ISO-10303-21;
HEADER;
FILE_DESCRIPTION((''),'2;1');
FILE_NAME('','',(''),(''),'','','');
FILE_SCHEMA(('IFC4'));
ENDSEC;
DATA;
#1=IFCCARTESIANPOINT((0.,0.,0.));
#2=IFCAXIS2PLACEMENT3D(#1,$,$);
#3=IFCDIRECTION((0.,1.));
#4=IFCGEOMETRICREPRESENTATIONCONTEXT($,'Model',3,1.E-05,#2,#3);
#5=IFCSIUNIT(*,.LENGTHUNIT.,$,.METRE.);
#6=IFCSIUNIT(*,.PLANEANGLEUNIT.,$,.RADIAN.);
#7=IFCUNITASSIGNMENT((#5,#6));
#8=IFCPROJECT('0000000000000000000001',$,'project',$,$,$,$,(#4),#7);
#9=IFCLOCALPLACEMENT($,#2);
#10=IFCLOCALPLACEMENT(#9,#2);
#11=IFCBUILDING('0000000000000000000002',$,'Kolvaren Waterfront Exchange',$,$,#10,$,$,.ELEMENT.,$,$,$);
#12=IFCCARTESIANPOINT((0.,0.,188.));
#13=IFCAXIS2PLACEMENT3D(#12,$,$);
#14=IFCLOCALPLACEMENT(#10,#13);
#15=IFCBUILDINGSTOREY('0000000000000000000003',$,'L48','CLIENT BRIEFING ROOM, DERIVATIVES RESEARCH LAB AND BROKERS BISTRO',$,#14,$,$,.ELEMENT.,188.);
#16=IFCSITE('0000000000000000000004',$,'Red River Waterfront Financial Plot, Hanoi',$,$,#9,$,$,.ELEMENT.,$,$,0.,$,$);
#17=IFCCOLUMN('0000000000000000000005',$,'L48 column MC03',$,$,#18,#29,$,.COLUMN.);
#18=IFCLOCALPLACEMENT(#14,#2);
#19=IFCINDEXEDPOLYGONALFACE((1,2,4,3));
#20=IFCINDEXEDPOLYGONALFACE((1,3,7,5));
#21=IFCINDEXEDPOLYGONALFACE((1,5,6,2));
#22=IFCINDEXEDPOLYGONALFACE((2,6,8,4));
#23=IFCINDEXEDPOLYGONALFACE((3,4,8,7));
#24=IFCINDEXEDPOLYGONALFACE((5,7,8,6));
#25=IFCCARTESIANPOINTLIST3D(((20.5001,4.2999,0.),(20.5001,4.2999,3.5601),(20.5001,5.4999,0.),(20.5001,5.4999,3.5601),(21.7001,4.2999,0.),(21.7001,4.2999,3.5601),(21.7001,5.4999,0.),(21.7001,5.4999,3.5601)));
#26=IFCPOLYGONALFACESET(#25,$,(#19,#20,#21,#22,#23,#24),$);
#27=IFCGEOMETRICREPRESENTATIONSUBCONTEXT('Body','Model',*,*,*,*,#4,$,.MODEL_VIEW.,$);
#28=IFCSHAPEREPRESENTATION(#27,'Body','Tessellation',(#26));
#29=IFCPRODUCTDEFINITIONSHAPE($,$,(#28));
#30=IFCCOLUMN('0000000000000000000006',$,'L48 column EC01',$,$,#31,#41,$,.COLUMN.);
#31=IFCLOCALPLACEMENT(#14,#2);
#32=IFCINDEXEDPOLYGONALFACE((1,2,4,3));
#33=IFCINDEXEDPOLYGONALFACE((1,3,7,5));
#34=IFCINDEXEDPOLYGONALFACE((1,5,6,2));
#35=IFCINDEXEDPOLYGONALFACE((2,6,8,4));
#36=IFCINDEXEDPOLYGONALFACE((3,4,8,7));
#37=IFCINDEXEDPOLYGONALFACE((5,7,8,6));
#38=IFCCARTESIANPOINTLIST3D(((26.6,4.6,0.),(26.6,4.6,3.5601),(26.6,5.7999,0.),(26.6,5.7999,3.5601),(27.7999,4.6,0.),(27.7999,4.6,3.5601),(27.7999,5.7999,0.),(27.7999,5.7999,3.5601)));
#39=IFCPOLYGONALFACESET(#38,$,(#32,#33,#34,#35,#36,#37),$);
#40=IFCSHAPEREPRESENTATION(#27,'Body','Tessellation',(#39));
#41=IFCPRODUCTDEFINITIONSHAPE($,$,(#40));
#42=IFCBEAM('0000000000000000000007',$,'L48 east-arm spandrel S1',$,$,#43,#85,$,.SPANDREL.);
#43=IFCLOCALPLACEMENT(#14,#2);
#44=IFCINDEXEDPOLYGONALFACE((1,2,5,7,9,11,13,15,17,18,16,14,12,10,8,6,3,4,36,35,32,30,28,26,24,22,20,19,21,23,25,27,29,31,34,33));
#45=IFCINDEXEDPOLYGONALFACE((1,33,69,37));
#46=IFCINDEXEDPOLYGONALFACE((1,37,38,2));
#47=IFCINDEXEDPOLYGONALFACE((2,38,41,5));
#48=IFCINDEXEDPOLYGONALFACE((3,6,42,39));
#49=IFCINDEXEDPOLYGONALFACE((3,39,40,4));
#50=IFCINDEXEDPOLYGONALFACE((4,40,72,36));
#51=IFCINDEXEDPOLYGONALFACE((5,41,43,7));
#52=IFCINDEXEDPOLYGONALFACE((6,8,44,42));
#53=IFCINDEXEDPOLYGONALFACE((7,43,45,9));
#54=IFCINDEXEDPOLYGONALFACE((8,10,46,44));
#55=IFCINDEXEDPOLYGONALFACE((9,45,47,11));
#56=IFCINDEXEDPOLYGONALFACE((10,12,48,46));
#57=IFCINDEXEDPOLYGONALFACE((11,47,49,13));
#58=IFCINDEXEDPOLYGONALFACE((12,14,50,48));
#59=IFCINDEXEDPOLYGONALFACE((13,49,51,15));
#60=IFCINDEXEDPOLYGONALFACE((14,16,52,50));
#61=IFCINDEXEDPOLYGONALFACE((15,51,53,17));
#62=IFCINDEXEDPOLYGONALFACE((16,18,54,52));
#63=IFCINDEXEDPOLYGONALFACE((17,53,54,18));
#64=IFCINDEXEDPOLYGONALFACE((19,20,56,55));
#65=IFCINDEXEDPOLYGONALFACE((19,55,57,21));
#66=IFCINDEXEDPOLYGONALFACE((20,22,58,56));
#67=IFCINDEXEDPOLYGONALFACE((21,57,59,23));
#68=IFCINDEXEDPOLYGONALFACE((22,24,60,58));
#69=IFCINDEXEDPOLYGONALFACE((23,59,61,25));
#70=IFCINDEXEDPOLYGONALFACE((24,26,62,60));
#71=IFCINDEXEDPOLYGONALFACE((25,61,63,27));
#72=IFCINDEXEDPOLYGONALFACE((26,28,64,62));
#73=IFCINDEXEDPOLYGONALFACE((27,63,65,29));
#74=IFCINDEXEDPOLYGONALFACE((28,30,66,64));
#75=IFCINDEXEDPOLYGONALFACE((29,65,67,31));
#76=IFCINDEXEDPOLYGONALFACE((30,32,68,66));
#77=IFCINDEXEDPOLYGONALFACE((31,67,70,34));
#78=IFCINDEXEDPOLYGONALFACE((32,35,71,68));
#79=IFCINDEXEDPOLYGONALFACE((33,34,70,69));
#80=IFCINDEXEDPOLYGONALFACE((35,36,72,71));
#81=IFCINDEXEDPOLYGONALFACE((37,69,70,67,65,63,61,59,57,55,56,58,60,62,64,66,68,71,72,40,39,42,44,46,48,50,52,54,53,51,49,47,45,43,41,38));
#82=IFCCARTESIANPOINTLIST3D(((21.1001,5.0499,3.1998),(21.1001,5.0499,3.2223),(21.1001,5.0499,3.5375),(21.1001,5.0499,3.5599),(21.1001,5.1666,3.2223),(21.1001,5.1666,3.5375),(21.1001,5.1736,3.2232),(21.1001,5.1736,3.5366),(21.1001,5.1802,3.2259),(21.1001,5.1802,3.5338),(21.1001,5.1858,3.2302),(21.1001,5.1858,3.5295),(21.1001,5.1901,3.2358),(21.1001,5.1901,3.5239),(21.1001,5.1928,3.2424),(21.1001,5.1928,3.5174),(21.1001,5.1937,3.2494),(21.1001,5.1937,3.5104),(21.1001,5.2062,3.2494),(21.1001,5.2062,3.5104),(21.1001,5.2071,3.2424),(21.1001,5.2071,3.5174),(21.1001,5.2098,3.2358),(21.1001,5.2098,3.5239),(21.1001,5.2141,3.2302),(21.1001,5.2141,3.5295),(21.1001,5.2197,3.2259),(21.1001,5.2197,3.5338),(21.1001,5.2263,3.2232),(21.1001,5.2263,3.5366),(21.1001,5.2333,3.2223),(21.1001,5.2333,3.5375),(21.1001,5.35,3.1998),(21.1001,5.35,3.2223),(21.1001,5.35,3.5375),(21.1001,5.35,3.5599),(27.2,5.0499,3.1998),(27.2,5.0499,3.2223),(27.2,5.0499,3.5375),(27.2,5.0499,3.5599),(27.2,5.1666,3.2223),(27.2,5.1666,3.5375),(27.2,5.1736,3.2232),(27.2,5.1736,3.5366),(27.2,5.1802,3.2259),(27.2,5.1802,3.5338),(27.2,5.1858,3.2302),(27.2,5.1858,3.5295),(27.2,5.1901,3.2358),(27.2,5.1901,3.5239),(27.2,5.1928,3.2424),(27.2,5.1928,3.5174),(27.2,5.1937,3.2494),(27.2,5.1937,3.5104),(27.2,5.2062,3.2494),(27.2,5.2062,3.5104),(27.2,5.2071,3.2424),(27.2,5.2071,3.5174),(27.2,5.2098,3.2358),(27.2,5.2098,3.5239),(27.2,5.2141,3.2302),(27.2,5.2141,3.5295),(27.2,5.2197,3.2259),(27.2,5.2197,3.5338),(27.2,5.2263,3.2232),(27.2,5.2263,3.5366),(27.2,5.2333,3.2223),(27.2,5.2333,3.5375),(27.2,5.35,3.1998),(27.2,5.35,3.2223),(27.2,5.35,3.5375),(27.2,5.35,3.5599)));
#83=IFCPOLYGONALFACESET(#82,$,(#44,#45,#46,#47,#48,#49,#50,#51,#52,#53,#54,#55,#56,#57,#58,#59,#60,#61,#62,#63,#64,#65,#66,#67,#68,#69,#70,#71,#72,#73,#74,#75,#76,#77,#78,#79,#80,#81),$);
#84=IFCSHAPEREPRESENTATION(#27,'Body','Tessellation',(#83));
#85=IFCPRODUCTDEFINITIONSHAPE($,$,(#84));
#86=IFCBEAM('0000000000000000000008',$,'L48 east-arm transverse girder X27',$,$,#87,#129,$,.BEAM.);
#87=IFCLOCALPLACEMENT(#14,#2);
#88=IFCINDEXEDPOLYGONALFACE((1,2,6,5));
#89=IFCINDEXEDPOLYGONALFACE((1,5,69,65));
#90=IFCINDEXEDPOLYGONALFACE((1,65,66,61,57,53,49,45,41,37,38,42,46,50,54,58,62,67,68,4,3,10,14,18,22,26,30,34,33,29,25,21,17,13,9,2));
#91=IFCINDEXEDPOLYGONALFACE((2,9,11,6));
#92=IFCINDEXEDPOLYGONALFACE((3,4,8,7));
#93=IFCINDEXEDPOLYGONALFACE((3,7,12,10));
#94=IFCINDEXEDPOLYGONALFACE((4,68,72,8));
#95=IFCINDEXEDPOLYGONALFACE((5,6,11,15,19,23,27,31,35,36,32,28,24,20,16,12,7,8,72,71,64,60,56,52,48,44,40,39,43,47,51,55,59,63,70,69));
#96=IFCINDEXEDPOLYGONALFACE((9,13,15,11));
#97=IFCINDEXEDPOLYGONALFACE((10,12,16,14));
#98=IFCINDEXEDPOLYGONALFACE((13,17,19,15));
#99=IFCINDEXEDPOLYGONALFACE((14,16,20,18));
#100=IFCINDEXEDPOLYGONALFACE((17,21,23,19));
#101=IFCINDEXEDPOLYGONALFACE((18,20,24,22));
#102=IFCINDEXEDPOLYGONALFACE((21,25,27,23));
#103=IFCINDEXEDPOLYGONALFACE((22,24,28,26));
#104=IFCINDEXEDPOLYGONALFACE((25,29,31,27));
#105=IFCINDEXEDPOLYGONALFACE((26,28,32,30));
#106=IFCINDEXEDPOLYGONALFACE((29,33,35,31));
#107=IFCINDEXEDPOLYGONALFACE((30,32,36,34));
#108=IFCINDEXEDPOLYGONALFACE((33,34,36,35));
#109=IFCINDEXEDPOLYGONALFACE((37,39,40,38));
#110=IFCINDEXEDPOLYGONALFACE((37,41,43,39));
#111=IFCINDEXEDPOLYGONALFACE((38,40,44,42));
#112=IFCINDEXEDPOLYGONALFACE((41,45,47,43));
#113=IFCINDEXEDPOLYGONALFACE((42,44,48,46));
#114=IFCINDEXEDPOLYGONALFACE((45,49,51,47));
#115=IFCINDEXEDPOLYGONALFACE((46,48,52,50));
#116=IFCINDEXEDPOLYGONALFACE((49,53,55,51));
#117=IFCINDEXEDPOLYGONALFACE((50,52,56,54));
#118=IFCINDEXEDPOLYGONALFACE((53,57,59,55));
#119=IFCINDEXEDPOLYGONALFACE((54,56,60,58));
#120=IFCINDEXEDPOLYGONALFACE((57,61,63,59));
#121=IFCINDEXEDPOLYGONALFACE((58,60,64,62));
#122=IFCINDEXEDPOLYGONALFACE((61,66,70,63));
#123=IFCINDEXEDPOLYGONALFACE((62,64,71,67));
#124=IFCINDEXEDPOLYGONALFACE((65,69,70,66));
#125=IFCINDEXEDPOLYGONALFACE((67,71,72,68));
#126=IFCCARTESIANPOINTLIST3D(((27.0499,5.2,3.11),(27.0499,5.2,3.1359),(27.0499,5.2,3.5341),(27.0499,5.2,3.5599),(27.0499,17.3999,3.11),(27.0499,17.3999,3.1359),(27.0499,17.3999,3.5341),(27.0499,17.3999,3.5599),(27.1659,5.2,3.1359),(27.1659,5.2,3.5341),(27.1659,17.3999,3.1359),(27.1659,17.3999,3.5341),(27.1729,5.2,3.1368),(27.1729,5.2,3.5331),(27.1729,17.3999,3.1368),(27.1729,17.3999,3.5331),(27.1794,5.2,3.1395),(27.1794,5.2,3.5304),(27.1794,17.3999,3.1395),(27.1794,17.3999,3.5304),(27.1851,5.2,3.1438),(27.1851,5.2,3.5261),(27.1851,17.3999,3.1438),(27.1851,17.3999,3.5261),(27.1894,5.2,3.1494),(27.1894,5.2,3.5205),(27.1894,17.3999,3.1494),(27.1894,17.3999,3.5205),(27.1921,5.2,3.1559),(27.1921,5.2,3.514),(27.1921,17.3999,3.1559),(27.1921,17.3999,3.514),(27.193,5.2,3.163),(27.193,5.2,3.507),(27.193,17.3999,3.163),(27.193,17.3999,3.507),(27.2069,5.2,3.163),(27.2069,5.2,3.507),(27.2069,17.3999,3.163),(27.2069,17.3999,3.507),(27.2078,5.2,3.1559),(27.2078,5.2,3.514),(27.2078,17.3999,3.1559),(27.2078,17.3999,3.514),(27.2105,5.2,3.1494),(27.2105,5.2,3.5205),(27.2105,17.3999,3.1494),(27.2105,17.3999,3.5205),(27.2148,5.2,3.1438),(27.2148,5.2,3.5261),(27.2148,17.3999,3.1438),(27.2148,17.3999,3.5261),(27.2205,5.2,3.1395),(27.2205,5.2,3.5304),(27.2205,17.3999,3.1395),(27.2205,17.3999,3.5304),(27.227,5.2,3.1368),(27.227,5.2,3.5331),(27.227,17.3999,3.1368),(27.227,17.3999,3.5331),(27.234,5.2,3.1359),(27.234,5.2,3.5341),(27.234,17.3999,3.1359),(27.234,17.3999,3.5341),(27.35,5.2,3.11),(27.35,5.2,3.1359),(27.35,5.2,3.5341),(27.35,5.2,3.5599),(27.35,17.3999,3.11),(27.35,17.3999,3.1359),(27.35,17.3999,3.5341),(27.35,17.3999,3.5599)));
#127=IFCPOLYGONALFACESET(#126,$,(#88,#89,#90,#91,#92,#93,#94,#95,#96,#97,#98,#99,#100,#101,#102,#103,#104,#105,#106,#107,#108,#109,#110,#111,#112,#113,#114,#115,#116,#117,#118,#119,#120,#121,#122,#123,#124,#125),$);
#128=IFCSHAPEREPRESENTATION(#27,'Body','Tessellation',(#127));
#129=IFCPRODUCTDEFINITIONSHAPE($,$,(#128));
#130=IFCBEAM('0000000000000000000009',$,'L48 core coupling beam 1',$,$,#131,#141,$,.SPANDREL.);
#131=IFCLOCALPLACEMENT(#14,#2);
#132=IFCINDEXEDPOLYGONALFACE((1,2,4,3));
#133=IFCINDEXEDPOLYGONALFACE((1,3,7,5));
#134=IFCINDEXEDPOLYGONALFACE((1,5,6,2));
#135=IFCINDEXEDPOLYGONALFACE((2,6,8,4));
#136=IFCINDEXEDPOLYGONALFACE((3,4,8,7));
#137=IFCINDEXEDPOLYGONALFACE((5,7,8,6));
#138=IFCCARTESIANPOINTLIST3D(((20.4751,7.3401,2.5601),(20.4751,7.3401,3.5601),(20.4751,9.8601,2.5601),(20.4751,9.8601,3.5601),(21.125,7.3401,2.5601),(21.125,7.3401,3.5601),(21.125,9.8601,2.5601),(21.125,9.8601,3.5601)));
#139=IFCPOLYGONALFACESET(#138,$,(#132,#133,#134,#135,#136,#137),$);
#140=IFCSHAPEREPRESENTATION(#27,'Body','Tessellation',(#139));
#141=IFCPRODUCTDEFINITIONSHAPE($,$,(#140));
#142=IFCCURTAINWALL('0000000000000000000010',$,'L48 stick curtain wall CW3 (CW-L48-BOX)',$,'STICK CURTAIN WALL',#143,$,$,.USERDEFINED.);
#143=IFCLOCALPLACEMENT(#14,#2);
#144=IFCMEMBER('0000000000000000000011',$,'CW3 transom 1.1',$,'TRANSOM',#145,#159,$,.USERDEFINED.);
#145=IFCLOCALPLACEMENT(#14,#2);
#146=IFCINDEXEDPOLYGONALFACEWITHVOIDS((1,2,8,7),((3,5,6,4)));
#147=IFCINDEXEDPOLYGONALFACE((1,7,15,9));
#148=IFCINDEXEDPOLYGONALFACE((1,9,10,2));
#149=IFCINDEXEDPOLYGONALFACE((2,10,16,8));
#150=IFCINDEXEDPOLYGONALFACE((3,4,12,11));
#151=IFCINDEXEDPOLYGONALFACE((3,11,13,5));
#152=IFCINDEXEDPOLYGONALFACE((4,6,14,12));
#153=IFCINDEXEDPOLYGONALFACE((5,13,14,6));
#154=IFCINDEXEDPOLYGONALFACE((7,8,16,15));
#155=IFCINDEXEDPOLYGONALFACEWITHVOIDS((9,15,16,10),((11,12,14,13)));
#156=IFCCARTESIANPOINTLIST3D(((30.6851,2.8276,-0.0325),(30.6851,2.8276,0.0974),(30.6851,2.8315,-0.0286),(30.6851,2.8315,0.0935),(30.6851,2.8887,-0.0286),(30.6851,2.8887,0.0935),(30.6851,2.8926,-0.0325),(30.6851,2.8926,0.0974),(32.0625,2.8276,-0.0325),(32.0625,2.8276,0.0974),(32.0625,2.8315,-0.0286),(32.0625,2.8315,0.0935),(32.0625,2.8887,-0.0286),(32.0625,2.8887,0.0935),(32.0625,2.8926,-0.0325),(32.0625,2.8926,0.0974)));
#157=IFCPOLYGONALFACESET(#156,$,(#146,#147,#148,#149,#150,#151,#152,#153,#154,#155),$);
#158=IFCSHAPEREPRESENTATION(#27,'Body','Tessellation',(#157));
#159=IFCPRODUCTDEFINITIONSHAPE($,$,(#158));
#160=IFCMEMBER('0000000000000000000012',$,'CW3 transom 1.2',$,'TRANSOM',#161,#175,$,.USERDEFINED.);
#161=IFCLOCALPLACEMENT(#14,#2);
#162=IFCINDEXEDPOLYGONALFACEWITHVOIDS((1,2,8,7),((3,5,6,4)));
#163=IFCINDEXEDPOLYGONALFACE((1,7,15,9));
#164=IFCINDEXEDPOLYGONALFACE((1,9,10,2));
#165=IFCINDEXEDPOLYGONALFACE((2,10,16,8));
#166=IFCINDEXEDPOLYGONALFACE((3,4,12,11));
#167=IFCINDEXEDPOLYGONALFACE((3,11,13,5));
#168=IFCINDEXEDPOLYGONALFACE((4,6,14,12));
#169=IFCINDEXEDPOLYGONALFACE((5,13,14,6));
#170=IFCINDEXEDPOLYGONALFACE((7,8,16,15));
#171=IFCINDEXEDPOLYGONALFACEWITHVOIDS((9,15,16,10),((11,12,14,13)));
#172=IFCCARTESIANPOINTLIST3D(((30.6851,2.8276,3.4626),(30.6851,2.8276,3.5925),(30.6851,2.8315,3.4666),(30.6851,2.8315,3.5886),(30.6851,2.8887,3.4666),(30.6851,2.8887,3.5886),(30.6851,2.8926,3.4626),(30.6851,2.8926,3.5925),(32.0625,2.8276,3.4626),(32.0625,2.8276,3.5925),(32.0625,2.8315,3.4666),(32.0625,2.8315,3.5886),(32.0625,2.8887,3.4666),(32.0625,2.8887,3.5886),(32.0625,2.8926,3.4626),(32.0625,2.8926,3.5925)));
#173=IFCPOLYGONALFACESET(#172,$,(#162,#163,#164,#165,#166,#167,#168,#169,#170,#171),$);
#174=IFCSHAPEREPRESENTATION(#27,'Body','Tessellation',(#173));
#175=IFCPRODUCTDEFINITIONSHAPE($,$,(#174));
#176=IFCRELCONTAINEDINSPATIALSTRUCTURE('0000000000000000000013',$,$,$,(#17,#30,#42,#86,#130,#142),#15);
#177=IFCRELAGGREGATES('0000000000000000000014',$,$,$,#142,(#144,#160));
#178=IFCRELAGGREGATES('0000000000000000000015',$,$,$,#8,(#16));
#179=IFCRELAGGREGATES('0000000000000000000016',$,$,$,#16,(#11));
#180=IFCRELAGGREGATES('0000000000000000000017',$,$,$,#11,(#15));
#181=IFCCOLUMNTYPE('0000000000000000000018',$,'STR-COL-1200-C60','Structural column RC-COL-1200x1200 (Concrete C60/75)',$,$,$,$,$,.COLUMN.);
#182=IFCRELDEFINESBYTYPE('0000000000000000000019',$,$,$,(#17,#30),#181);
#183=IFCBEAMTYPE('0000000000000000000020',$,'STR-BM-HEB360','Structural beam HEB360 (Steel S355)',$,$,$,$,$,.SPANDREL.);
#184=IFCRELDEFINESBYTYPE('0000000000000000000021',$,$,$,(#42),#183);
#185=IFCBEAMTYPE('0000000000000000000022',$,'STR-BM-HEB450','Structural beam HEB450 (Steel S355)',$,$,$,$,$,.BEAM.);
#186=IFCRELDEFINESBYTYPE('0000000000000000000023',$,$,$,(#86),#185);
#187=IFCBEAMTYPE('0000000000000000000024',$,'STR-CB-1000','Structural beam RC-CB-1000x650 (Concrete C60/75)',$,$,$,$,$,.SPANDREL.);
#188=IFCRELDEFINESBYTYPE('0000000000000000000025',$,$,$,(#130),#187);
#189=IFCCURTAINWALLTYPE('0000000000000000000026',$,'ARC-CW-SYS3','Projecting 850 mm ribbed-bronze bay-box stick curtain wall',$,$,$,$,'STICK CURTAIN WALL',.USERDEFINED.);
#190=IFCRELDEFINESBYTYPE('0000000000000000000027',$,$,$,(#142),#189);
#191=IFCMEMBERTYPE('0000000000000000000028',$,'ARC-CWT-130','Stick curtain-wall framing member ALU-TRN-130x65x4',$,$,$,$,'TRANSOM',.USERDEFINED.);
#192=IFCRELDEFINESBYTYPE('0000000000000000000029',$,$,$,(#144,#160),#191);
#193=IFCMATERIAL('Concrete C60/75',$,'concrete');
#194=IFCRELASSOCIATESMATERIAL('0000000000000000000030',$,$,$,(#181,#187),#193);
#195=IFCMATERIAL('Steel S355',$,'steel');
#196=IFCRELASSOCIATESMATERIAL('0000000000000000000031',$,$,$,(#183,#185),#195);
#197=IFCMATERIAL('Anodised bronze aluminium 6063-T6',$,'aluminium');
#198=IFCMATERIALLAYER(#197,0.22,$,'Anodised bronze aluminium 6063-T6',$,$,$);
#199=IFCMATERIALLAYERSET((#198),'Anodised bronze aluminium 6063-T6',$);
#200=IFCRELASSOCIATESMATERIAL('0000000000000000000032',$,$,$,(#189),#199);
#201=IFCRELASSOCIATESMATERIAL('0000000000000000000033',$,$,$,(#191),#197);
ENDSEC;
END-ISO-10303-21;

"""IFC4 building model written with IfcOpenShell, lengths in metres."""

from ifc_helpers import new_model, si_unit, direction, frame, origin, origin_with_axes, origin_2d, place, context, subcontext, project, spatial, rectangle, hollow_rectangle, i_section, extrude, source, transform, mapped, material, layer, layer_set, material_profile, profile_set, type_object, element, aggregate, save


model = new_model("IFC4")

# Units and contexts
model_context = context("Model", 3, precision=1e-05, world=origin(), true_north=direction((0.0, 1.0)))
body_context = subcontext(model_context, "Body", "Model", "MODEL_VIEW")
ifc_project = project(units=[si_unit("LENGTHUNIT", "METRE"), si_unit("PLANEANGLEUNIT", "RADIAN")], contexts=[model_context])

# Site, building, storey
site_placement = place(None, origin())
site = spatial("IfcSite", under=ifc_project, at=site_placement, Name="Red River Waterfront Financial Plot, Hanoi", CompositionType="ELEMENT", RefElevation=0.0)
building_placement = place(site_placement, origin())
building = spatial("IfcBuilding", under=site, at=building_placement, Name="Kolvaren Waterfront Exchange", CompositionType="ELEMENT")
storey_placement = place(building_placement, frame((0.0, 0.0, 188.0)))
storey = spatial("IfcBuildingStorey", under=building, at=storey_placement, Name="L48", Description="CLIENT BRIEFING ROOM, DERIVATIVES RESEARCH LAB AND BROKERS BISTRO", CompositionType="ELEMENT", Elevation=188.0)

# Columns
ifc_material_1 = material(Name="Concrete C60/75", Category="concrete")
ifc_material_profile_1 = material_profile(ifc_material_1, rectangle(XDim=1.2, YDim=1.2, at=origin_2d()), Name="RC-COL-1200x1200")
ifc_profile_set_1 = profile_set([ifc_material_profile_1], Name="Concrete C60/75")
column_type = type_object("IfcColumnType", Name="STR-COL-1200-C60", Description="Structural column RC-COL-1200x1200 (Concrete C60/75)", PredefinedType="COLUMN", material=ifc_profile_set_1)
for number, where, z_axis, x_axis, name in (
    (1, (21.1001, 4.8999, 0.0), (0.0, 0.0, 1.0), (1.0, 0.0, 0.0), "L48 column MC03"),
    (2, (27.2, 5.2, 0.0), (0.0, 0.0, 1.0), (1.0, 0.0, 0.0), "L48 column EC01"),
):
    element("IfcColumn", number, at=place(storey_placement, frame(where, z_axis=z_axis, x_axis=x_axis)), inside=storey, type_object=column_type, Name=name, PredefinedType="COLUMN", context=body_context, shape_type="SweptSolid", body=[
        extrude(rectangle(XDim=1.2, YDim=1.2, at=origin_2d()), origin(), (0.0, 0.0, 1.0), 3.5601),
    ])

# Beams
ifc_material_2 = material(Name="Steel S355", Category="steel")
ifc_material_profile_2 = material_profile(ifc_material_2, i_section(OverallWidth=0.3, OverallDepth=0.3601, WebThickness=0.0125, FlangeThickness=0.0225, FilletRadius=0.0271, at=origin_2d()), Name="HEB360")
ifc_profile_set_2 = profile_set([ifc_material_profile_2], Name="Steel S355")
beam_type_1 = type_object("IfcBeamType", Name="STR-BM-HEB360", Description="Structural beam HEB360 (Steel S355)", PredefinedType="SPANDREL", material=ifc_profile_set_2)
beam_1_placement = place(storey_placement, frame((21.1001, 5.2, 3.3799), z_axis=(1.0, 0.0, 0.0), x_axis=(0.0, 1.0, 0.0)))
element("IfcBeam", 3, at=beam_1_placement, inside=storey, type_object=beam_type_1, Name="L48 east-arm spandrel S1", PredefinedType="SPANDREL", context=body_context, shape_type="SweptSolid", body=[
    extrude(i_section(OverallWidth=0.3, OverallDepth=0.3601, WebThickness=0.0125, FlangeThickness=0.0225, FilletRadius=0.0271, at=origin_2d()), origin(), (0.0, 0.0, 1.0), 6.0999),
])
ifc_material_profile_3 = material_profile(ifc_material_2, i_section(OverallWidth=0.3, OverallDepth=0.45, WebThickness=0.0139, FlangeThickness=0.0259, FilletRadius=0.0271, at=origin_2d()), Name="HEB450")
ifc_profile_set_3 = profile_set([ifc_material_profile_3], Name="Steel S355")
beam_type_2 = type_object("IfcBeamType", Name="STR-BM-HEB450", Description="Structural beam HEB450 (Steel S355)", PredefinedType="BEAM", material=ifc_profile_set_3)
beam_2_placement = place(storey_placement, frame((27.2, 5.2, 3.335), z_axis=(0.0, 1.0, 0.0), x_axis=(-1.0, 0.0, 0.0)))
element("IfcBeam", 4, at=beam_2_placement, inside=storey, type_object=beam_type_2, Name="L48 east-arm transverse girder X27", PredefinedType="BEAM", context=body_context, shape_type="SweptSolid", body=[
    extrude(i_section(OverallWidth=0.3, OverallDepth=0.45, WebThickness=0.0139, FlangeThickness=0.0259, FilletRadius=0.0271, at=origin_2d()), origin(), (0.0, 0.0, 1.0), 12.2),
])
ifc_material_profile_4 = material_profile(ifc_material_1, rectangle(XDim=0.6499, YDim=1.0, at=origin_2d()), Name="RC-CB-1000x650")
ifc_profile_set_4 = profile_set([ifc_material_profile_4], Name="Concrete C60/75")
beam_type_3 = type_object("IfcBeamType", Name="STR-CB-1000", Description="Structural beam RC-CB-1000x650 (Concrete C60/75)", PredefinedType="SPANDREL", material=ifc_profile_set_4)
beam_3_placement = place(storey_placement, frame((20.8, 7.3401, 3.0601), z_axis=(0.0, 1.0, 0.0), x_axis=(-1.0, 0.0, 0.0)))
element("IfcBeam", 5, at=beam_3_placement, inside=storey, type_object=beam_type_3, Name="L48 core coupling beam 1", PredefinedType="SPANDREL", context=body_context, shape_type="SweptSolid", body=[
    extrude(rectangle(XDim=0.6499, YDim=1.0, at=origin_2d()), origin(), (0.0, 0.0, 1.0), 2.52),
])

# Curtain wall, members
ifc_material_3 = material(Name="Anodised bronze aluminium 6063-T6", Category="aluminium")
ifc_layer_1 = layer(ifc_material_3, 0.22, Name="Anodised bronze aluminium 6063-T6")
ifc_layer_set_1 = layer_set([ifc_layer_1], Name="Anodised bronze aluminium 6063-T6")
curtain_wall_type_1 = type_object("IfcCurtainWallType", Name="ARC-CW-SYS3", Description="Projecting 850 mm ribbed-bronze bay-box stick curtain wall", ElementType="STICK CURTAIN WALL", PredefinedType="USERDEFINED", material=ifc_layer_set_1)
curtain_wall_1_placement = place(storey_placement, origin())
curtain_wall_1 = element("IfcCurtainWall", 6, at=curtain_wall_1_placement, inside=storey, type_object=curtain_wall_type_1, Name="L48 stick curtain wall CW3 (CW-L48-BOX)", ObjectType="STICK CURTAIN WALL", PredefinedType="USERDEFINED")
ifc_material_profile_5 = material_profile(ifc_material_3, hollow_rectangle(XDim=0.0649, YDim=0.1299, WallThickness=0.0039, at=origin_2d()), Name="ALU-TRN-130x65x4")
ifc_profile_set_5 = profile_set([ifc_material_profile_5], Name="Anodised bronze aluminium 6063-T6")
member_type_1 = type_object("IfcMemberType", Name="ARC-CWT-130", Description="Stick curtain-wall framing member ALU-TRN-130x65x4", ElementType="TRANSOM", PredefinedType="USERDEFINED", material=ifc_profile_set_5)
shared_shape_1 = source(origin_with_axes(), body_context, "Body", "SweptSolid", [
    extrude(hollow_rectangle(XDim=0.0649, YDim=0.1299, WallThickness=0.0039, at=origin_2d()), origin(), (0.0, 0.0, 1.0), 1.3774),
])
member_1_placement = place(storey_placement, frame((30.6851, 2.8601, 0.0325), z_axis=(1.0, 0.0, 0.0), x_axis=(0.0, 1.0, 0.0)))
member_1 = element("IfcMember", 7, at=member_1_placement, type_object=member_type_1, Name="CW3 transom 1.1", ObjectType="TRANSOM", PredefinedType="USERDEFINED", context=body_context, shape_type="MappedRepresentation", body=[
    mapped(shared_shape_1, transform((0.0, 0.0, 0.0), x_axis=(1.0, 0.0, 0.0), y_axis=(0.0, 1.0, 0.0), z_axis=(0.0, 0.0, 1.0), scale=1.0)),
])
member_2_placement = place(storey_placement, frame((30.6851, 2.8601, 3.5276), z_axis=(1.0, 0.0, 0.0), x_axis=(0.0, 1.0, 0.0)))
member_2 = element("IfcMember", 8, at=member_2_placement, type_object=member_type_1, Name="CW3 transom 1.2", ObjectType="TRANSOM", PredefinedType="USERDEFINED", context=body_context, shape_type="MappedRepresentation", body=[
    mapped(shared_shape_1, transform((0.0, 0.0, 0.0), x_axis=(1.0, 0.0, 0.0), y_axis=(0.0, 1.0, 0.0), z_axis=(0.0, 0.0, 1.0), scale=1.0)),
])

aggregate(curtain_wall_1, [member_1, member_2])

save(model, "model.ifc")
